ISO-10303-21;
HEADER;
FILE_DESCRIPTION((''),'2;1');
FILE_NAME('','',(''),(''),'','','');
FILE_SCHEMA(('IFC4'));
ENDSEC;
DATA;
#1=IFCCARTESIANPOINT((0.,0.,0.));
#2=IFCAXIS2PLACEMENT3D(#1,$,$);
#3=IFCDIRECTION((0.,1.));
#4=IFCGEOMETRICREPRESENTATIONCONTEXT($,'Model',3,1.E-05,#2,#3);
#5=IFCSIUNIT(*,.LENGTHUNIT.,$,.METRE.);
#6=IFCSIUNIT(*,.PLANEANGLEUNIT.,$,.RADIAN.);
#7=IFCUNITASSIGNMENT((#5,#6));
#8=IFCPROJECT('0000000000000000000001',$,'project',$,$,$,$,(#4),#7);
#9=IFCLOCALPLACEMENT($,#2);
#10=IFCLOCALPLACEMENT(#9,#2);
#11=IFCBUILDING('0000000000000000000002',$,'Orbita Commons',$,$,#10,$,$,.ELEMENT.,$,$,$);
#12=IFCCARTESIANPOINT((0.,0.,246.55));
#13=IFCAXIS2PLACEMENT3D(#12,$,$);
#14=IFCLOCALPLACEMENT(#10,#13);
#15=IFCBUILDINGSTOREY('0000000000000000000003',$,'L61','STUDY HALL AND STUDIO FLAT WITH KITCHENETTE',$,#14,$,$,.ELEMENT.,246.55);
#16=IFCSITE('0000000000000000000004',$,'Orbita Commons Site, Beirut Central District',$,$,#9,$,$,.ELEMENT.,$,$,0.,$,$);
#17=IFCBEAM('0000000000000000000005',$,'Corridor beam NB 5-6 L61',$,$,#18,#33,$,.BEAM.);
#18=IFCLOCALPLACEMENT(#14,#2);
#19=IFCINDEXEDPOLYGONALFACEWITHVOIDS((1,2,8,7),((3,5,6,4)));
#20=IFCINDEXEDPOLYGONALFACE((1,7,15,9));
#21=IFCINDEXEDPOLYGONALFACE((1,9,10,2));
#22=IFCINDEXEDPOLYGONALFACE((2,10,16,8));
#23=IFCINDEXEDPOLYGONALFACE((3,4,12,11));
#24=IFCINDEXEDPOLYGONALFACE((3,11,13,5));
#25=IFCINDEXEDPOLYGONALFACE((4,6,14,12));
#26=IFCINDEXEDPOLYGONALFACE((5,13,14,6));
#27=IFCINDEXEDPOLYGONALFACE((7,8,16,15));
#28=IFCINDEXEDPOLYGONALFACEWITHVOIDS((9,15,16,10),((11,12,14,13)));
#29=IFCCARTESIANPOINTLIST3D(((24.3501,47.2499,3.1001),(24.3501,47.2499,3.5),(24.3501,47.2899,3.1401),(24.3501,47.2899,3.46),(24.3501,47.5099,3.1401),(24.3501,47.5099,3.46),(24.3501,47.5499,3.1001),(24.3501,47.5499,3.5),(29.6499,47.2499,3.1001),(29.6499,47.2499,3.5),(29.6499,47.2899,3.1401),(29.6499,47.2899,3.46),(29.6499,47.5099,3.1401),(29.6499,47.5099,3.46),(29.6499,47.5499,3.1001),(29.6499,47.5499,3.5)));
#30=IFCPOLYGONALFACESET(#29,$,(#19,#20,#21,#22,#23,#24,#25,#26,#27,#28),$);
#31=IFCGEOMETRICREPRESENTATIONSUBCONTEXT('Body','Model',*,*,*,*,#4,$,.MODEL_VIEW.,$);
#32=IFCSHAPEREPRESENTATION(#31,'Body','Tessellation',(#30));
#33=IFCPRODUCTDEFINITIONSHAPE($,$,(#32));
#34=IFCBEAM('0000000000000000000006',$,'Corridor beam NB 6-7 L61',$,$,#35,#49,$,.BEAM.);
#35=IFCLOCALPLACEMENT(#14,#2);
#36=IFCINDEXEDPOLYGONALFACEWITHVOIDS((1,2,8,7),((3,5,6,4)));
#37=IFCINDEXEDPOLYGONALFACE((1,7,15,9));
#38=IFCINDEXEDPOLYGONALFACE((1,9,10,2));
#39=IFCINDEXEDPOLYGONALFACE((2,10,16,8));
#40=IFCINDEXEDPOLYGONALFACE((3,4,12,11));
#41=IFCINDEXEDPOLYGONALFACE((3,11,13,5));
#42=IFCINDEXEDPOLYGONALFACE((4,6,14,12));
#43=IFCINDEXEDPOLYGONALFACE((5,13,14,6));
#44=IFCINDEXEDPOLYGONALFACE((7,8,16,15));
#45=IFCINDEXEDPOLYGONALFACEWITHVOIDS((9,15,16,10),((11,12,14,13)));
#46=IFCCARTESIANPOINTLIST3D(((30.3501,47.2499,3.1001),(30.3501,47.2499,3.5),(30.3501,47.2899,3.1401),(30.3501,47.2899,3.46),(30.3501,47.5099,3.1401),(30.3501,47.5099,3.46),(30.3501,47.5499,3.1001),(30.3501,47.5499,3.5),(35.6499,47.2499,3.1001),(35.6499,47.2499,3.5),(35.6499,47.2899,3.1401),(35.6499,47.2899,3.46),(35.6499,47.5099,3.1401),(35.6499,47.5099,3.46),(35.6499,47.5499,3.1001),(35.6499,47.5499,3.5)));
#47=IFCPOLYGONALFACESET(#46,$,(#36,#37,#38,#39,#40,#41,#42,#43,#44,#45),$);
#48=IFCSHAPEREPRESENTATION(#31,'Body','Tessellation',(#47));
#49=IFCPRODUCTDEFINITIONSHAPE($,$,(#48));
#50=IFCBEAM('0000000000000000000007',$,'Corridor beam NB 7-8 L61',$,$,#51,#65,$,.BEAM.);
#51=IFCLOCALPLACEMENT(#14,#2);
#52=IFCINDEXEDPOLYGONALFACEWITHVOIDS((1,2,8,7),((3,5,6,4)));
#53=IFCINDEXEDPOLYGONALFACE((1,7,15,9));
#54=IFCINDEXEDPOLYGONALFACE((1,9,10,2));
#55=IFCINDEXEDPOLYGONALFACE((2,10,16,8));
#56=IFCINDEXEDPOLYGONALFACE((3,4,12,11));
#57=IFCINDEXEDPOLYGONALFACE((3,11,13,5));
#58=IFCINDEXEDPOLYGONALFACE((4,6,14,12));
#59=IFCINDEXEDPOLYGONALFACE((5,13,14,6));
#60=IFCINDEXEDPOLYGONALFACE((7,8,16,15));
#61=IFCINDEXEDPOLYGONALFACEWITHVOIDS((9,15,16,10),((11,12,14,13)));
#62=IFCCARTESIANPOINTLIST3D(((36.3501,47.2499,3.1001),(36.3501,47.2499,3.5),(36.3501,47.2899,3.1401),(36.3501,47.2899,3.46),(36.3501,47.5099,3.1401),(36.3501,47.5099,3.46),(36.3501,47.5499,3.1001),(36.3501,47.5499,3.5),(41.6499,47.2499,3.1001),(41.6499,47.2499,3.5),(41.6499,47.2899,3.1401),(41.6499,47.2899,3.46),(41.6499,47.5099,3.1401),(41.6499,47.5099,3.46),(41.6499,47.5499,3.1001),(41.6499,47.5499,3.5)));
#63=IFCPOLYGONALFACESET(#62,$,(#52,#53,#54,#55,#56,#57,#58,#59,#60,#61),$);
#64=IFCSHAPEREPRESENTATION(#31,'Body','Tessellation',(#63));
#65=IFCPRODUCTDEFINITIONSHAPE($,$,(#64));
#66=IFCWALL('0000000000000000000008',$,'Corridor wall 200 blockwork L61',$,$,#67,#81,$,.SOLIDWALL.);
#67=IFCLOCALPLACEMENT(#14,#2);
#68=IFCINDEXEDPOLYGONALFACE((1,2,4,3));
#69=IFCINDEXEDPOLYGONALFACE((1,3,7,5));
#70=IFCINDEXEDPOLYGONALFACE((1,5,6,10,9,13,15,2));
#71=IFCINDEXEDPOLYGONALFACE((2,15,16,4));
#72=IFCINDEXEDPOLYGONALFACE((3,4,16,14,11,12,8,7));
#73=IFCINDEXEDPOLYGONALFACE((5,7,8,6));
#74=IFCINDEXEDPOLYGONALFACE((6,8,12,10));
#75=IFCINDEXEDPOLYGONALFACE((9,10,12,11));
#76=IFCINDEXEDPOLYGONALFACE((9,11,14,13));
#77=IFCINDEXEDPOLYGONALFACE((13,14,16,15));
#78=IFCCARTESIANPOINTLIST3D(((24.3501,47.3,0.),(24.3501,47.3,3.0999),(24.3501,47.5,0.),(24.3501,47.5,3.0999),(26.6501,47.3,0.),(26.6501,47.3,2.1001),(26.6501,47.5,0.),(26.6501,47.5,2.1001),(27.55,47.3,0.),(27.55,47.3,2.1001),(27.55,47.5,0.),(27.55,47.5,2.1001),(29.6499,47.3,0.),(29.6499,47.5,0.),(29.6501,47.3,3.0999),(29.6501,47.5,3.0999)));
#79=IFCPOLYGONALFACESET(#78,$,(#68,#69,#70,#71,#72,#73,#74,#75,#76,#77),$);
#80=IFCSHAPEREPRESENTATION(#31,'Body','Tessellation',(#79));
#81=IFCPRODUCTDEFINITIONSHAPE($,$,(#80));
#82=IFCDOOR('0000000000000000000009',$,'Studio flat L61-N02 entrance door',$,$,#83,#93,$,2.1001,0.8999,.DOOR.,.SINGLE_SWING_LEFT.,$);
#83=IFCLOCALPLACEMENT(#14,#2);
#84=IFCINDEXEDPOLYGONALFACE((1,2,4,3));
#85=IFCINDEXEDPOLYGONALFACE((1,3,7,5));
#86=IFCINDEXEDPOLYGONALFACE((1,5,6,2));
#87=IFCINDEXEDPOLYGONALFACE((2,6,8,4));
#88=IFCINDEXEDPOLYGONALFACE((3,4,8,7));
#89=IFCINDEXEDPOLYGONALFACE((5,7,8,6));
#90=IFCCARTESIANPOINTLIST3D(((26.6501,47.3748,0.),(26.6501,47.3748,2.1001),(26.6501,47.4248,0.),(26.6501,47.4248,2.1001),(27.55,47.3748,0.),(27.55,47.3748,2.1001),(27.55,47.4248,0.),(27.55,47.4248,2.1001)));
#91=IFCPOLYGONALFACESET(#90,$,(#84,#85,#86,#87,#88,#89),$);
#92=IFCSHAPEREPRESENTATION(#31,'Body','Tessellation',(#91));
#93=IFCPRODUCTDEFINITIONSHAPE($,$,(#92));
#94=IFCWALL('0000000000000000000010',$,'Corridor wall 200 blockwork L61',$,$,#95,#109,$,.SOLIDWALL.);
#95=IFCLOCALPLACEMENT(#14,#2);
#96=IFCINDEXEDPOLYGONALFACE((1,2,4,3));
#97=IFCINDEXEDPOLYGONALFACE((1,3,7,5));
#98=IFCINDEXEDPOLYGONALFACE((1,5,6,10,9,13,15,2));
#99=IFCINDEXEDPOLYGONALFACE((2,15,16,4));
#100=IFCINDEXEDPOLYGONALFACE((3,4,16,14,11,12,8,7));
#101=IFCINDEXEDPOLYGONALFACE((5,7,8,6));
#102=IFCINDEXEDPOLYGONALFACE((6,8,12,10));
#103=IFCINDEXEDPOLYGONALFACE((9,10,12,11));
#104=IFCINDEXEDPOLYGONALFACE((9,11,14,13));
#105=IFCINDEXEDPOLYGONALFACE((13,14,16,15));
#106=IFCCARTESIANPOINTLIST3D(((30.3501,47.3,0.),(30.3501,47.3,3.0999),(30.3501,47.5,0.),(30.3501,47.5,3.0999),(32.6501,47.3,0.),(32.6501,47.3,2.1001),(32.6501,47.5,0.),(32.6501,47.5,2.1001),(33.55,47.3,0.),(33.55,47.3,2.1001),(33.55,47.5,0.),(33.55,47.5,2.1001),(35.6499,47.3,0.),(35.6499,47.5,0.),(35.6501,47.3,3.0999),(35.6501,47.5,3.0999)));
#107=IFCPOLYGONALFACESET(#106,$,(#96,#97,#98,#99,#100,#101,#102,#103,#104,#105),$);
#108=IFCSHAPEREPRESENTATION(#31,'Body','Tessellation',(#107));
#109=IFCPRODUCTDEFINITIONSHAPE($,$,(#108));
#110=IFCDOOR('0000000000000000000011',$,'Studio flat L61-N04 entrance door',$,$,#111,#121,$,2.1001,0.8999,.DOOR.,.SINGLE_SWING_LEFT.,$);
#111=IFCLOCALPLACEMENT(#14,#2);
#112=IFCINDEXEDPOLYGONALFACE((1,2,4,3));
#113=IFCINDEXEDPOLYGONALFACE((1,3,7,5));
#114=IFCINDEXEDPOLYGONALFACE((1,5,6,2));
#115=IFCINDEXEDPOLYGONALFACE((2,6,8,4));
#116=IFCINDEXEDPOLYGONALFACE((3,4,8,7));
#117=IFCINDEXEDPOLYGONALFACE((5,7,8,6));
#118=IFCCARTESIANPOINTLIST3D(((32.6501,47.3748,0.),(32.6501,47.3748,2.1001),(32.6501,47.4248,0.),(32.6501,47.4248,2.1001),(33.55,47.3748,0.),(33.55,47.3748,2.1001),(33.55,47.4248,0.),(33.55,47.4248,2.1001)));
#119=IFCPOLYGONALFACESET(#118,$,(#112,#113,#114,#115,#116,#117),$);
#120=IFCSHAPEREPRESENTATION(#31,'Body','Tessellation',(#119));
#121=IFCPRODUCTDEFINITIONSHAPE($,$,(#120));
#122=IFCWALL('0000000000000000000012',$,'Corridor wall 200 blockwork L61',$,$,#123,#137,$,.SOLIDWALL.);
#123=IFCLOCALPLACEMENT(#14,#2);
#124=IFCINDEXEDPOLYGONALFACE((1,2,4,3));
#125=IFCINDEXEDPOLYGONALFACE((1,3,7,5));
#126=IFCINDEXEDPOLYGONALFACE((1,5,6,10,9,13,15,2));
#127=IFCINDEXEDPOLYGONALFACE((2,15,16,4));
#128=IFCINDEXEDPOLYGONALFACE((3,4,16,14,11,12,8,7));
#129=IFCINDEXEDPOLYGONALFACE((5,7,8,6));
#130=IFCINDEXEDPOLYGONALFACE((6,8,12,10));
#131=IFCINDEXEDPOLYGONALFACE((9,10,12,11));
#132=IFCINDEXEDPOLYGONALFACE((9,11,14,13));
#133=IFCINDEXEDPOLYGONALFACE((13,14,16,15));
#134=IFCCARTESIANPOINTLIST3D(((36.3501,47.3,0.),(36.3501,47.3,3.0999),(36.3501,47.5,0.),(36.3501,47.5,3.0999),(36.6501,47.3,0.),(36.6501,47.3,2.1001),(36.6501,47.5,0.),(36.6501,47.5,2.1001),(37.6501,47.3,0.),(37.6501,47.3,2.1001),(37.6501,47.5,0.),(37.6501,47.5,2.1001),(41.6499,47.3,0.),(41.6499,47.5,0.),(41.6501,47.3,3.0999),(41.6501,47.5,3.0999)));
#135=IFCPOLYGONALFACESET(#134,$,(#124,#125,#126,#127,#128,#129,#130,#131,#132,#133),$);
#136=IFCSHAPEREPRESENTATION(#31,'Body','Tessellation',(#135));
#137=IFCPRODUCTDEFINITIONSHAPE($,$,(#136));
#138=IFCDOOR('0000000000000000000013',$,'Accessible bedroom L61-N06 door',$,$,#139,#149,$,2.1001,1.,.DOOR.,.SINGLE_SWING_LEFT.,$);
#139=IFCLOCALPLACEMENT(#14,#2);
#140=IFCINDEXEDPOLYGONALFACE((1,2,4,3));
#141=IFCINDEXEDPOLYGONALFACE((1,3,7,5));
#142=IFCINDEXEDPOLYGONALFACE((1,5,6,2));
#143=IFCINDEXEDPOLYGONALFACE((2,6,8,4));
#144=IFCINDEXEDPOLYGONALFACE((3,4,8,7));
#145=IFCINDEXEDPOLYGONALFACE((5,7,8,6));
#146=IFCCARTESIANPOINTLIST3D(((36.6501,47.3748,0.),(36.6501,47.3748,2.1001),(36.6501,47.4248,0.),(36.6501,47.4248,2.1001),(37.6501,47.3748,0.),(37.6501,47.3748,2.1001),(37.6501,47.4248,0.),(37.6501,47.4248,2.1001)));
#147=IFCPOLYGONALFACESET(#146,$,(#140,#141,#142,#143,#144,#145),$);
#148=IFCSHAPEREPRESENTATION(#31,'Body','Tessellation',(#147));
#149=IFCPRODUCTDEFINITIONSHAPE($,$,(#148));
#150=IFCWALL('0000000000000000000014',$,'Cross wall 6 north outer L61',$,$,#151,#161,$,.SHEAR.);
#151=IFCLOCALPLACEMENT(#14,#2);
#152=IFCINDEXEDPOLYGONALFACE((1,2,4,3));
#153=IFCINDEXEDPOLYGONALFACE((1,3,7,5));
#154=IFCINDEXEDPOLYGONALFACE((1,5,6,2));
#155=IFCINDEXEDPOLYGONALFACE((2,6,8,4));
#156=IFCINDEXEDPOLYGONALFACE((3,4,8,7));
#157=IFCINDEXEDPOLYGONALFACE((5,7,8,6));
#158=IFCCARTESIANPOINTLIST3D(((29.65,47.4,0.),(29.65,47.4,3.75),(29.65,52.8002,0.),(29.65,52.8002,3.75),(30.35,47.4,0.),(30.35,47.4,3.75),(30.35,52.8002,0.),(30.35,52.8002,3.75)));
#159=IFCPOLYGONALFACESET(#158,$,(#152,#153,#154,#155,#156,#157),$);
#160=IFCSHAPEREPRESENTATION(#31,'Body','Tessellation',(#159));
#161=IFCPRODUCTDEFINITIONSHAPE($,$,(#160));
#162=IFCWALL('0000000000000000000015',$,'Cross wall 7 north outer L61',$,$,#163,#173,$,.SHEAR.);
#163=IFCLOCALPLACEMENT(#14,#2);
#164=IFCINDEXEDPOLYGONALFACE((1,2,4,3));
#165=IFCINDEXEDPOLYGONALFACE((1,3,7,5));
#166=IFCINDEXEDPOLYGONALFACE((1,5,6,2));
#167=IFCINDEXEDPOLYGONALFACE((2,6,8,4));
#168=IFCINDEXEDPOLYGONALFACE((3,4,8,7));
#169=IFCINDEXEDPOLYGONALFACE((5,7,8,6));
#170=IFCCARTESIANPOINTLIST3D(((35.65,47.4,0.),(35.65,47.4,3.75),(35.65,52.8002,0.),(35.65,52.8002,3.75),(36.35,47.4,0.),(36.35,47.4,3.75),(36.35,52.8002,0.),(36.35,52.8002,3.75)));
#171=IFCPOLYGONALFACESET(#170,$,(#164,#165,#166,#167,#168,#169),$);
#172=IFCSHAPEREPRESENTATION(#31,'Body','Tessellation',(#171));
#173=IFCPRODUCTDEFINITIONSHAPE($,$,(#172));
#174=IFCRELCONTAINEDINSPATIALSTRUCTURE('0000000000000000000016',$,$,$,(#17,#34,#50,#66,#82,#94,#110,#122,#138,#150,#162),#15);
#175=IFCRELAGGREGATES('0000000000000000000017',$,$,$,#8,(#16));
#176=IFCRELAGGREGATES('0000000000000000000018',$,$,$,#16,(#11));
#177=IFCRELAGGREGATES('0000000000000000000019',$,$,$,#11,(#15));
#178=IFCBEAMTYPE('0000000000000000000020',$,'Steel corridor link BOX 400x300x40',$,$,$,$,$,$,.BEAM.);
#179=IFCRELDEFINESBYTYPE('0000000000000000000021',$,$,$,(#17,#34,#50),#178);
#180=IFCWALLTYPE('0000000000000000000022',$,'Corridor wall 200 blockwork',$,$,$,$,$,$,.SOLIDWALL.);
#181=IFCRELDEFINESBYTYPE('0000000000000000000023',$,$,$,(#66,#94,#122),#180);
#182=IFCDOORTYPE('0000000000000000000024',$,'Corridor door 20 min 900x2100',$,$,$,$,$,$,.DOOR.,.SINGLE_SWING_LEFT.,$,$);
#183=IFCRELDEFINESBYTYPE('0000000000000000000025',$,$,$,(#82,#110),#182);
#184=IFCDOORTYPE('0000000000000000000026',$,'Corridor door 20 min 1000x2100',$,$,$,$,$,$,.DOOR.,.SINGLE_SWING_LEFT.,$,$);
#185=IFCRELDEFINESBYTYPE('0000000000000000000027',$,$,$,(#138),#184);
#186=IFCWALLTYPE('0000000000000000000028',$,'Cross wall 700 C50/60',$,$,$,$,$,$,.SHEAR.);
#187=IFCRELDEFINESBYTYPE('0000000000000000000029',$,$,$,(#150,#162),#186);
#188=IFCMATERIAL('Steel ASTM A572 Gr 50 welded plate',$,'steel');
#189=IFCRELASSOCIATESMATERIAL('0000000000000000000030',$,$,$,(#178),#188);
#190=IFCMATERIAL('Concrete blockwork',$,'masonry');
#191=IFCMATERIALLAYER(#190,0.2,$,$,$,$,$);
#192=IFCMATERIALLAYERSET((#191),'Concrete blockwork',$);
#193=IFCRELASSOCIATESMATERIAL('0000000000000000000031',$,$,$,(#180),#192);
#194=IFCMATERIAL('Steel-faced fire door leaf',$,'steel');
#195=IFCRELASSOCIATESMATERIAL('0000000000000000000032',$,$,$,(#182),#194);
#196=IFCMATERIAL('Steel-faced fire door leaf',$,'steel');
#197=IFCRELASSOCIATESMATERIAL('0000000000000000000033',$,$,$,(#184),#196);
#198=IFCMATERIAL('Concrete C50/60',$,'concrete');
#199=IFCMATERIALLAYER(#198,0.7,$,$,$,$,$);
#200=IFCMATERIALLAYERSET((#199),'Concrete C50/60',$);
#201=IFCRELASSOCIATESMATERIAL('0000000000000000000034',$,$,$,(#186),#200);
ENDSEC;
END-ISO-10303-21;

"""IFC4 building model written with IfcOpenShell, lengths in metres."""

from ifc_helpers import new_model, si_unit, direction, frame, frame_2d, origin, origin_2d, place, context, subcontext, project, spatial, polyline, rectangle, hollow_rectangle, outline, extrude, material, layer, layer_set, material_profile, profile_set, type_object, element, fill, save


model = new_model("IFC4")

# Units and contexts
model_context = context("Model", 3, precision=1e-05, world=origin(), true_north=direction((0.0, 1.0)))
body_context = subcontext(model_context, "Body", "Model", "MODEL_VIEW")
ifc_project = project(units=[si_unit("LENGTHUNIT", "METRE"), si_unit("PLANEANGLEUNIT", "RADIAN")], contexts=[model_context])

# Site, building, storey
site_placement = place(None, origin())
site = spatial("IfcSite", under=ifc_project, at=site_placement, Name="Orbita Commons Site, Beirut Central District", CompositionType="ELEMENT", RefElevation=0.0)
building_placement = place(site_placement, origin())
building = spatial("IfcBuilding", under=site, at=building_placement, Name="Orbita Commons", CompositionType="ELEMENT")
storey_placement = place(building_placement, frame((0.0, 0.0, 246.55)))
storey = spatial("IfcBuildingStorey", under=building, at=storey_placement, Name="L61", Description="STUDY HALL AND STUDIO FLAT WITH KITCHENETTE", CompositionType="ELEMENT", Elevation=246.55)

# Beams
ifc_material_1 = material(Name="Steel ASTM A572 Gr 50 welded plate", Category="steel")
ifc_material_profile = material_profile(ifc_material_1, hollow_rectangle(XDim=0.3, YDim=0.3999, WallThickness=0.04, at=origin_2d()), Name="BOX 400x300x40")
ifc_profile_set = profile_set([ifc_material_profile], Name="Steel ASTM A572 Gr 50 welded plate")
beam_type = type_object("IfcBeamType", Name="Steel corridor link BOX 400x300x40", PredefinedType="BEAM", material=ifc_profile_set)
for number, where, z_axis, x_axis, name in (
    (1, (24.3501, 47.3999, 3.3), (1.0, 0.0, 0.0), (0.0, 1.0, 0.0), "Corridor beam NB 5-6 L61"),
    (2, (30.3501, 47.3999, 3.3), (1.0, 0.0, 0.0), (0.0, 1.0, 0.0), "Corridor beam NB 6-7 L61"),
    (3, (36.3501, 47.3999, 3.3), (1.0, 0.0, 0.0), (0.0, 1.0, 0.0), "Corridor beam NB 7-8 L61"),
):
    element("IfcBeam", number, at=place(storey_placement, frame(where, z_axis=z_axis, x_axis=x_axis)), inside=storey, type_object=beam_type, Name=name, PredefinedType="BEAM", context=body_context, shape_type="SweptSolid", body=[
        extrude(hollow_rectangle(XDim=0.3, YDim=0.3999, WallThickness=0.04, at=origin_2d()), origin(), (0.0, 0.0, 1.0), 5.2998),
    ])

# Walls, openings, doors
ifc_material_2 = material(Name="Concrete blockwork", Category="masonry")
ifc_layer_1 = layer(ifc_material_2, 0.2)
ifc_layer_set_1 = layer_set([ifc_layer_1], Name="Concrete blockwork")
wall_type_1 = type_object("IfcWallType", Name="Corridor wall 200 blockwork", PredefinedType="SOLIDWALL", material=ifc_layer_set_1)
wall_1_placement = place(storey_placement, frame((24.3501, 47.3999, 0.0), z_axis=(0.0, 0.0, 1.0), x_axis=(1.0, 0.0, 0.0)))
wall_1 = element("IfcWall", 4, at=wall_1_placement, inside=storey, type_object=wall_type_1, Name="Corridor wall 200 blockwork L61", PredefinedType="SOLIDWALL", context=body_context, shape_type="SweptSolid", body=[
    extrude(outline(polyline([(0.0, 0.0), (5.2998, 0.0), (5.3, 3.0999), (0.0, 3.0999), (0.0, 0.0)])), frame((0.0, 0.1001, 0.0), z_axis=(0.0, -1.0, 0.0), x_axis=(1.0, 0.0, 0.0)), (0.0, 0.0, 1.0), 0.2),
])
opening_1_placement = place(wall_1_placement, frame((2.3, 0.0, 0.0)))
opening_1 = element("IfcOpeningElement", 5, at=opening_1_placement, cuts=wall_1, PredefinedType="OPENING", context=body_context, shape_type="SweptSolid", body=[
    extrude(rectangle(XDim=0.8999, YDim=2.1001, at=frame_2d((0.45, 1.05))), frame((0.0, 0.1099, 0.0), z_axis=(0.0, -1.0, 0.0), x_axis=(1.0, 0.0, 0.0)), (0.0, 0.0, 1.0), 0.22),
])
ifc_material_3 = material(Name="Steel-faced fire door leaf", Category="steel")
door_type_1 = type_object("IfcDoorType", Name="Corridor door 20 min 900x2100", OperationType="SINGLE_SWING_LEFT", PredefinedType="DOOR", material=ifc_material_3)
door_1_placement = place(opening_1_placement, origin())
door_1 = element("IfcDoor", 6, at=door_1_placement, inside=storey, type_object=door_type_1, Name="Studio flat L61-N02 entrance door", OperationType="SINGLE_SWING_LEFT", OverallHeight=2.1001, OverallWidth=0.8999, PredefinedType="DOOR", context=body_context, shape_type="SweptSolid", body=[
    extrude(rectangle(XDim=0.8999, YDim=2.1001, at=frame_2d((0.45, 1.05))), frame((0.0, 0.0249, 0.0), z_axis=(0.0, -1.0, 0.0), x_axis=(1.0, 0.0, 0.0)), (0.0, 0.0, 1.0), 0.05),
])
fill(opening_1, door_1)
wall_2_placement = place(storey_placement, frame((30.3501, 47.3999, 0.0), z_axis=(0.0, 0.0, 1.0), x_axis=(1.0, 0.0, 0.0)))
wall_2 = element("IfcWall", 7, at=wall_2_placement, inside=storey, type_object=wall_type_1, Name="Corridor wall 200 blockwork L61", PredefinedType="SOLIDWALL", context=body_context, shape_type="SweptSolid", body=[
    extrude(outline(polyline([(0.0, 0.0), (5.2998, 0.0), (5.3, 3.0999), (0.0, 3.0999), (0.0, 0.0)])), frame((0.0, 0.1001, 0.0), z_axis=(0.0, -1.0, 0.0), x_axis=(1.0, 0.0, 0.0)), (0.0, 0.0, 1.0), 0.2),
])
opening_2_placement = place(wall_2_placement, frame((2.3, 0.0, 0.0)))
opening_2 = element("IfcOpeningElement", 8, at=opening_2_placement, cuts=wall_2, PredefinedType="OPENING", context=body_context, shape_type="SweptSolid", body=[
    extrude(rectangle(XDim=0.8999, YDim=2.1001, at=frame_2d((0.45, 1.05))), frame((0.0, 0.1099, 0.0), z_axis=(0.0, -1.0, 0.0), x_axis=(1.0, 0.0, 0.0)), (0.0, 0.0, 1.0), 0.22),
])
door_2_placement = place(opening_2_placement, origin())
door_2 = element("IfcDoor", 9, at=door_2_placement, inside=storey, type_object=door_type_1, Name="Studio flat L61-N04 entrance door", OperationType="SINGLE_SWING_LEFT", OverallHeight=2.1001, OverallWidth=0.8999, PredefinedType="DOOR", context=body_context, shape_type="SweptSolid", body=[
    extrude(rectangle(XDim=0.8999, YDim=2.1001, at=frame_2d((0.45, 1.05))), frame((0.0, 0.0249, 0.0), z_axis=(0.0, -1.0, 0.0), x_axis=(1.0, 0.0, 0.0)), (0.0, 0.0, 1.0), 0.05),
])
fill(opening_2, door_2)
wall_3_placement = place(storey_placement, frame((36.3501, 47.3999, 0.0), z_axis=(0.0, 0.0, 1.0), x_axis=(1.0, 0.0, 0.0)))
wall_3 = element("IfcWall", 10, at=wall_3_placement, inside=storey, type_object=wall_type_1, Name="Corridor wall 200 blockwork L61", PredefinedType="SOLIDWALL", context=body_context, shape_type="SweptSolid", body=[
    extrude(outline(polyline([(0.0, 0.0), (5.2998, 0.0), (5.3, 3.0999), (0.0, 3.0999), (0.0, 0.0)])), frame((0.0, 0.1001, 0.0), z_axis=(0.0, -1.0, 0.0), x_axis=(1.0, 0.0, 0.0)), (0.0, 0.0, 1.0), 0.2),
])
opening_3_placement = place(wall_3_placement, frame((0.3, 0.0, 0.0)))
opening_3 = element("IfcOpeningElement", 11, at=opening_3_placement, cuts=wall_3, PredefinedType="OPENING", context=body_context, shape_type="SweptSolid", body=[
    extrude(rectangle(XDim=1.0, YDim=2.1001, at=frame_2d((0.5, 1.05))), frame((0.0, 0.1099, 0.0), z_axis=(0.0, -1.0, 0.0), x_axis=(1.0, 0.0, 0.0)), (0.0, 0.0, 1.0), 0.22),
])
ifc_material_4 = material(Name="Steel-faced fire door leaf", Category="steel")
door_type_2 = type_object("IfcDoorType", Name="Corridor door 20 min 1000x2100", OperationType="SINGLE_SWING_LEFT", PredefinedType="DOOR", material=ifc_material_4)
door_3_placement = place(opening_3_placement, origin())
door_3 = element("IfcDoor", 12, at=door_3_placement, inside=storey, type_object=door_type_2, Name="Accessible bedroom L61-N06 door", OperationType="SINGLE_SWING_LEFT", OverallHeight=2.1001, OverallWidth=1.0, PredefinedType="DOOR", context=body_context, shape_type="SweptSolid", body=[
    extrude(rectangle(XDim=1.0, YDim=2.1001, at=frame_2d((0.5, 1.05))), frame((0.0, 0.0249, 0.0), z_axis=(0.0, -1.0, 0.0), x_axis=(1.0, 0.0, 0.0)), (0.0, 0.0, 1.0), 0.05),
])
fill(opening_3, door_3)

# Walls
ifc_material_5 = material(Name="Concrete C50/60", Category="concrete")
ifc_layer_2 = layer(ifc_material_5, 0.7)
ifc_layer_set_2 = layer_set([ifc_layer_2], Name="Concrete C50/60")
wall_type_2 = type_object("IfcWallType", Name="Cross wall 700 C50/60", PredefinedType="SHEAR", material=ifc_layer_set_2)
for number, where, z_axis, x_axis, name in (
    (13, (30.0, 47.3999, 0.0), (0.0, 0.0, 1.0), (0.0, 1.0, 0.0), "Cross wall 6 north outer L61"),
    (14, (36.0, 47.3999, 0.0), (0.0, 0.0, 1.0), (0.0, 1.0, 0.0), "Cross wall 7 north outer L61"),
):
    element("IfcWall", number, at=place(storey_placement, frame(where, z_axis=z_axis, x_axis=x_axis)), inside=storey, type_object=wall_type_2, Name=name, PredefinedType="SHEAR", context=body_context, shape_type="SweptSolid", body=[
        extrude(rectangle(XDim=5.4001, YDim=0.7, at=frame_2d((2.7002, 0.0))), origin(), (0.0, 0.0, 1.0), 3.75),
    ])

save(model, "model.ifc")
